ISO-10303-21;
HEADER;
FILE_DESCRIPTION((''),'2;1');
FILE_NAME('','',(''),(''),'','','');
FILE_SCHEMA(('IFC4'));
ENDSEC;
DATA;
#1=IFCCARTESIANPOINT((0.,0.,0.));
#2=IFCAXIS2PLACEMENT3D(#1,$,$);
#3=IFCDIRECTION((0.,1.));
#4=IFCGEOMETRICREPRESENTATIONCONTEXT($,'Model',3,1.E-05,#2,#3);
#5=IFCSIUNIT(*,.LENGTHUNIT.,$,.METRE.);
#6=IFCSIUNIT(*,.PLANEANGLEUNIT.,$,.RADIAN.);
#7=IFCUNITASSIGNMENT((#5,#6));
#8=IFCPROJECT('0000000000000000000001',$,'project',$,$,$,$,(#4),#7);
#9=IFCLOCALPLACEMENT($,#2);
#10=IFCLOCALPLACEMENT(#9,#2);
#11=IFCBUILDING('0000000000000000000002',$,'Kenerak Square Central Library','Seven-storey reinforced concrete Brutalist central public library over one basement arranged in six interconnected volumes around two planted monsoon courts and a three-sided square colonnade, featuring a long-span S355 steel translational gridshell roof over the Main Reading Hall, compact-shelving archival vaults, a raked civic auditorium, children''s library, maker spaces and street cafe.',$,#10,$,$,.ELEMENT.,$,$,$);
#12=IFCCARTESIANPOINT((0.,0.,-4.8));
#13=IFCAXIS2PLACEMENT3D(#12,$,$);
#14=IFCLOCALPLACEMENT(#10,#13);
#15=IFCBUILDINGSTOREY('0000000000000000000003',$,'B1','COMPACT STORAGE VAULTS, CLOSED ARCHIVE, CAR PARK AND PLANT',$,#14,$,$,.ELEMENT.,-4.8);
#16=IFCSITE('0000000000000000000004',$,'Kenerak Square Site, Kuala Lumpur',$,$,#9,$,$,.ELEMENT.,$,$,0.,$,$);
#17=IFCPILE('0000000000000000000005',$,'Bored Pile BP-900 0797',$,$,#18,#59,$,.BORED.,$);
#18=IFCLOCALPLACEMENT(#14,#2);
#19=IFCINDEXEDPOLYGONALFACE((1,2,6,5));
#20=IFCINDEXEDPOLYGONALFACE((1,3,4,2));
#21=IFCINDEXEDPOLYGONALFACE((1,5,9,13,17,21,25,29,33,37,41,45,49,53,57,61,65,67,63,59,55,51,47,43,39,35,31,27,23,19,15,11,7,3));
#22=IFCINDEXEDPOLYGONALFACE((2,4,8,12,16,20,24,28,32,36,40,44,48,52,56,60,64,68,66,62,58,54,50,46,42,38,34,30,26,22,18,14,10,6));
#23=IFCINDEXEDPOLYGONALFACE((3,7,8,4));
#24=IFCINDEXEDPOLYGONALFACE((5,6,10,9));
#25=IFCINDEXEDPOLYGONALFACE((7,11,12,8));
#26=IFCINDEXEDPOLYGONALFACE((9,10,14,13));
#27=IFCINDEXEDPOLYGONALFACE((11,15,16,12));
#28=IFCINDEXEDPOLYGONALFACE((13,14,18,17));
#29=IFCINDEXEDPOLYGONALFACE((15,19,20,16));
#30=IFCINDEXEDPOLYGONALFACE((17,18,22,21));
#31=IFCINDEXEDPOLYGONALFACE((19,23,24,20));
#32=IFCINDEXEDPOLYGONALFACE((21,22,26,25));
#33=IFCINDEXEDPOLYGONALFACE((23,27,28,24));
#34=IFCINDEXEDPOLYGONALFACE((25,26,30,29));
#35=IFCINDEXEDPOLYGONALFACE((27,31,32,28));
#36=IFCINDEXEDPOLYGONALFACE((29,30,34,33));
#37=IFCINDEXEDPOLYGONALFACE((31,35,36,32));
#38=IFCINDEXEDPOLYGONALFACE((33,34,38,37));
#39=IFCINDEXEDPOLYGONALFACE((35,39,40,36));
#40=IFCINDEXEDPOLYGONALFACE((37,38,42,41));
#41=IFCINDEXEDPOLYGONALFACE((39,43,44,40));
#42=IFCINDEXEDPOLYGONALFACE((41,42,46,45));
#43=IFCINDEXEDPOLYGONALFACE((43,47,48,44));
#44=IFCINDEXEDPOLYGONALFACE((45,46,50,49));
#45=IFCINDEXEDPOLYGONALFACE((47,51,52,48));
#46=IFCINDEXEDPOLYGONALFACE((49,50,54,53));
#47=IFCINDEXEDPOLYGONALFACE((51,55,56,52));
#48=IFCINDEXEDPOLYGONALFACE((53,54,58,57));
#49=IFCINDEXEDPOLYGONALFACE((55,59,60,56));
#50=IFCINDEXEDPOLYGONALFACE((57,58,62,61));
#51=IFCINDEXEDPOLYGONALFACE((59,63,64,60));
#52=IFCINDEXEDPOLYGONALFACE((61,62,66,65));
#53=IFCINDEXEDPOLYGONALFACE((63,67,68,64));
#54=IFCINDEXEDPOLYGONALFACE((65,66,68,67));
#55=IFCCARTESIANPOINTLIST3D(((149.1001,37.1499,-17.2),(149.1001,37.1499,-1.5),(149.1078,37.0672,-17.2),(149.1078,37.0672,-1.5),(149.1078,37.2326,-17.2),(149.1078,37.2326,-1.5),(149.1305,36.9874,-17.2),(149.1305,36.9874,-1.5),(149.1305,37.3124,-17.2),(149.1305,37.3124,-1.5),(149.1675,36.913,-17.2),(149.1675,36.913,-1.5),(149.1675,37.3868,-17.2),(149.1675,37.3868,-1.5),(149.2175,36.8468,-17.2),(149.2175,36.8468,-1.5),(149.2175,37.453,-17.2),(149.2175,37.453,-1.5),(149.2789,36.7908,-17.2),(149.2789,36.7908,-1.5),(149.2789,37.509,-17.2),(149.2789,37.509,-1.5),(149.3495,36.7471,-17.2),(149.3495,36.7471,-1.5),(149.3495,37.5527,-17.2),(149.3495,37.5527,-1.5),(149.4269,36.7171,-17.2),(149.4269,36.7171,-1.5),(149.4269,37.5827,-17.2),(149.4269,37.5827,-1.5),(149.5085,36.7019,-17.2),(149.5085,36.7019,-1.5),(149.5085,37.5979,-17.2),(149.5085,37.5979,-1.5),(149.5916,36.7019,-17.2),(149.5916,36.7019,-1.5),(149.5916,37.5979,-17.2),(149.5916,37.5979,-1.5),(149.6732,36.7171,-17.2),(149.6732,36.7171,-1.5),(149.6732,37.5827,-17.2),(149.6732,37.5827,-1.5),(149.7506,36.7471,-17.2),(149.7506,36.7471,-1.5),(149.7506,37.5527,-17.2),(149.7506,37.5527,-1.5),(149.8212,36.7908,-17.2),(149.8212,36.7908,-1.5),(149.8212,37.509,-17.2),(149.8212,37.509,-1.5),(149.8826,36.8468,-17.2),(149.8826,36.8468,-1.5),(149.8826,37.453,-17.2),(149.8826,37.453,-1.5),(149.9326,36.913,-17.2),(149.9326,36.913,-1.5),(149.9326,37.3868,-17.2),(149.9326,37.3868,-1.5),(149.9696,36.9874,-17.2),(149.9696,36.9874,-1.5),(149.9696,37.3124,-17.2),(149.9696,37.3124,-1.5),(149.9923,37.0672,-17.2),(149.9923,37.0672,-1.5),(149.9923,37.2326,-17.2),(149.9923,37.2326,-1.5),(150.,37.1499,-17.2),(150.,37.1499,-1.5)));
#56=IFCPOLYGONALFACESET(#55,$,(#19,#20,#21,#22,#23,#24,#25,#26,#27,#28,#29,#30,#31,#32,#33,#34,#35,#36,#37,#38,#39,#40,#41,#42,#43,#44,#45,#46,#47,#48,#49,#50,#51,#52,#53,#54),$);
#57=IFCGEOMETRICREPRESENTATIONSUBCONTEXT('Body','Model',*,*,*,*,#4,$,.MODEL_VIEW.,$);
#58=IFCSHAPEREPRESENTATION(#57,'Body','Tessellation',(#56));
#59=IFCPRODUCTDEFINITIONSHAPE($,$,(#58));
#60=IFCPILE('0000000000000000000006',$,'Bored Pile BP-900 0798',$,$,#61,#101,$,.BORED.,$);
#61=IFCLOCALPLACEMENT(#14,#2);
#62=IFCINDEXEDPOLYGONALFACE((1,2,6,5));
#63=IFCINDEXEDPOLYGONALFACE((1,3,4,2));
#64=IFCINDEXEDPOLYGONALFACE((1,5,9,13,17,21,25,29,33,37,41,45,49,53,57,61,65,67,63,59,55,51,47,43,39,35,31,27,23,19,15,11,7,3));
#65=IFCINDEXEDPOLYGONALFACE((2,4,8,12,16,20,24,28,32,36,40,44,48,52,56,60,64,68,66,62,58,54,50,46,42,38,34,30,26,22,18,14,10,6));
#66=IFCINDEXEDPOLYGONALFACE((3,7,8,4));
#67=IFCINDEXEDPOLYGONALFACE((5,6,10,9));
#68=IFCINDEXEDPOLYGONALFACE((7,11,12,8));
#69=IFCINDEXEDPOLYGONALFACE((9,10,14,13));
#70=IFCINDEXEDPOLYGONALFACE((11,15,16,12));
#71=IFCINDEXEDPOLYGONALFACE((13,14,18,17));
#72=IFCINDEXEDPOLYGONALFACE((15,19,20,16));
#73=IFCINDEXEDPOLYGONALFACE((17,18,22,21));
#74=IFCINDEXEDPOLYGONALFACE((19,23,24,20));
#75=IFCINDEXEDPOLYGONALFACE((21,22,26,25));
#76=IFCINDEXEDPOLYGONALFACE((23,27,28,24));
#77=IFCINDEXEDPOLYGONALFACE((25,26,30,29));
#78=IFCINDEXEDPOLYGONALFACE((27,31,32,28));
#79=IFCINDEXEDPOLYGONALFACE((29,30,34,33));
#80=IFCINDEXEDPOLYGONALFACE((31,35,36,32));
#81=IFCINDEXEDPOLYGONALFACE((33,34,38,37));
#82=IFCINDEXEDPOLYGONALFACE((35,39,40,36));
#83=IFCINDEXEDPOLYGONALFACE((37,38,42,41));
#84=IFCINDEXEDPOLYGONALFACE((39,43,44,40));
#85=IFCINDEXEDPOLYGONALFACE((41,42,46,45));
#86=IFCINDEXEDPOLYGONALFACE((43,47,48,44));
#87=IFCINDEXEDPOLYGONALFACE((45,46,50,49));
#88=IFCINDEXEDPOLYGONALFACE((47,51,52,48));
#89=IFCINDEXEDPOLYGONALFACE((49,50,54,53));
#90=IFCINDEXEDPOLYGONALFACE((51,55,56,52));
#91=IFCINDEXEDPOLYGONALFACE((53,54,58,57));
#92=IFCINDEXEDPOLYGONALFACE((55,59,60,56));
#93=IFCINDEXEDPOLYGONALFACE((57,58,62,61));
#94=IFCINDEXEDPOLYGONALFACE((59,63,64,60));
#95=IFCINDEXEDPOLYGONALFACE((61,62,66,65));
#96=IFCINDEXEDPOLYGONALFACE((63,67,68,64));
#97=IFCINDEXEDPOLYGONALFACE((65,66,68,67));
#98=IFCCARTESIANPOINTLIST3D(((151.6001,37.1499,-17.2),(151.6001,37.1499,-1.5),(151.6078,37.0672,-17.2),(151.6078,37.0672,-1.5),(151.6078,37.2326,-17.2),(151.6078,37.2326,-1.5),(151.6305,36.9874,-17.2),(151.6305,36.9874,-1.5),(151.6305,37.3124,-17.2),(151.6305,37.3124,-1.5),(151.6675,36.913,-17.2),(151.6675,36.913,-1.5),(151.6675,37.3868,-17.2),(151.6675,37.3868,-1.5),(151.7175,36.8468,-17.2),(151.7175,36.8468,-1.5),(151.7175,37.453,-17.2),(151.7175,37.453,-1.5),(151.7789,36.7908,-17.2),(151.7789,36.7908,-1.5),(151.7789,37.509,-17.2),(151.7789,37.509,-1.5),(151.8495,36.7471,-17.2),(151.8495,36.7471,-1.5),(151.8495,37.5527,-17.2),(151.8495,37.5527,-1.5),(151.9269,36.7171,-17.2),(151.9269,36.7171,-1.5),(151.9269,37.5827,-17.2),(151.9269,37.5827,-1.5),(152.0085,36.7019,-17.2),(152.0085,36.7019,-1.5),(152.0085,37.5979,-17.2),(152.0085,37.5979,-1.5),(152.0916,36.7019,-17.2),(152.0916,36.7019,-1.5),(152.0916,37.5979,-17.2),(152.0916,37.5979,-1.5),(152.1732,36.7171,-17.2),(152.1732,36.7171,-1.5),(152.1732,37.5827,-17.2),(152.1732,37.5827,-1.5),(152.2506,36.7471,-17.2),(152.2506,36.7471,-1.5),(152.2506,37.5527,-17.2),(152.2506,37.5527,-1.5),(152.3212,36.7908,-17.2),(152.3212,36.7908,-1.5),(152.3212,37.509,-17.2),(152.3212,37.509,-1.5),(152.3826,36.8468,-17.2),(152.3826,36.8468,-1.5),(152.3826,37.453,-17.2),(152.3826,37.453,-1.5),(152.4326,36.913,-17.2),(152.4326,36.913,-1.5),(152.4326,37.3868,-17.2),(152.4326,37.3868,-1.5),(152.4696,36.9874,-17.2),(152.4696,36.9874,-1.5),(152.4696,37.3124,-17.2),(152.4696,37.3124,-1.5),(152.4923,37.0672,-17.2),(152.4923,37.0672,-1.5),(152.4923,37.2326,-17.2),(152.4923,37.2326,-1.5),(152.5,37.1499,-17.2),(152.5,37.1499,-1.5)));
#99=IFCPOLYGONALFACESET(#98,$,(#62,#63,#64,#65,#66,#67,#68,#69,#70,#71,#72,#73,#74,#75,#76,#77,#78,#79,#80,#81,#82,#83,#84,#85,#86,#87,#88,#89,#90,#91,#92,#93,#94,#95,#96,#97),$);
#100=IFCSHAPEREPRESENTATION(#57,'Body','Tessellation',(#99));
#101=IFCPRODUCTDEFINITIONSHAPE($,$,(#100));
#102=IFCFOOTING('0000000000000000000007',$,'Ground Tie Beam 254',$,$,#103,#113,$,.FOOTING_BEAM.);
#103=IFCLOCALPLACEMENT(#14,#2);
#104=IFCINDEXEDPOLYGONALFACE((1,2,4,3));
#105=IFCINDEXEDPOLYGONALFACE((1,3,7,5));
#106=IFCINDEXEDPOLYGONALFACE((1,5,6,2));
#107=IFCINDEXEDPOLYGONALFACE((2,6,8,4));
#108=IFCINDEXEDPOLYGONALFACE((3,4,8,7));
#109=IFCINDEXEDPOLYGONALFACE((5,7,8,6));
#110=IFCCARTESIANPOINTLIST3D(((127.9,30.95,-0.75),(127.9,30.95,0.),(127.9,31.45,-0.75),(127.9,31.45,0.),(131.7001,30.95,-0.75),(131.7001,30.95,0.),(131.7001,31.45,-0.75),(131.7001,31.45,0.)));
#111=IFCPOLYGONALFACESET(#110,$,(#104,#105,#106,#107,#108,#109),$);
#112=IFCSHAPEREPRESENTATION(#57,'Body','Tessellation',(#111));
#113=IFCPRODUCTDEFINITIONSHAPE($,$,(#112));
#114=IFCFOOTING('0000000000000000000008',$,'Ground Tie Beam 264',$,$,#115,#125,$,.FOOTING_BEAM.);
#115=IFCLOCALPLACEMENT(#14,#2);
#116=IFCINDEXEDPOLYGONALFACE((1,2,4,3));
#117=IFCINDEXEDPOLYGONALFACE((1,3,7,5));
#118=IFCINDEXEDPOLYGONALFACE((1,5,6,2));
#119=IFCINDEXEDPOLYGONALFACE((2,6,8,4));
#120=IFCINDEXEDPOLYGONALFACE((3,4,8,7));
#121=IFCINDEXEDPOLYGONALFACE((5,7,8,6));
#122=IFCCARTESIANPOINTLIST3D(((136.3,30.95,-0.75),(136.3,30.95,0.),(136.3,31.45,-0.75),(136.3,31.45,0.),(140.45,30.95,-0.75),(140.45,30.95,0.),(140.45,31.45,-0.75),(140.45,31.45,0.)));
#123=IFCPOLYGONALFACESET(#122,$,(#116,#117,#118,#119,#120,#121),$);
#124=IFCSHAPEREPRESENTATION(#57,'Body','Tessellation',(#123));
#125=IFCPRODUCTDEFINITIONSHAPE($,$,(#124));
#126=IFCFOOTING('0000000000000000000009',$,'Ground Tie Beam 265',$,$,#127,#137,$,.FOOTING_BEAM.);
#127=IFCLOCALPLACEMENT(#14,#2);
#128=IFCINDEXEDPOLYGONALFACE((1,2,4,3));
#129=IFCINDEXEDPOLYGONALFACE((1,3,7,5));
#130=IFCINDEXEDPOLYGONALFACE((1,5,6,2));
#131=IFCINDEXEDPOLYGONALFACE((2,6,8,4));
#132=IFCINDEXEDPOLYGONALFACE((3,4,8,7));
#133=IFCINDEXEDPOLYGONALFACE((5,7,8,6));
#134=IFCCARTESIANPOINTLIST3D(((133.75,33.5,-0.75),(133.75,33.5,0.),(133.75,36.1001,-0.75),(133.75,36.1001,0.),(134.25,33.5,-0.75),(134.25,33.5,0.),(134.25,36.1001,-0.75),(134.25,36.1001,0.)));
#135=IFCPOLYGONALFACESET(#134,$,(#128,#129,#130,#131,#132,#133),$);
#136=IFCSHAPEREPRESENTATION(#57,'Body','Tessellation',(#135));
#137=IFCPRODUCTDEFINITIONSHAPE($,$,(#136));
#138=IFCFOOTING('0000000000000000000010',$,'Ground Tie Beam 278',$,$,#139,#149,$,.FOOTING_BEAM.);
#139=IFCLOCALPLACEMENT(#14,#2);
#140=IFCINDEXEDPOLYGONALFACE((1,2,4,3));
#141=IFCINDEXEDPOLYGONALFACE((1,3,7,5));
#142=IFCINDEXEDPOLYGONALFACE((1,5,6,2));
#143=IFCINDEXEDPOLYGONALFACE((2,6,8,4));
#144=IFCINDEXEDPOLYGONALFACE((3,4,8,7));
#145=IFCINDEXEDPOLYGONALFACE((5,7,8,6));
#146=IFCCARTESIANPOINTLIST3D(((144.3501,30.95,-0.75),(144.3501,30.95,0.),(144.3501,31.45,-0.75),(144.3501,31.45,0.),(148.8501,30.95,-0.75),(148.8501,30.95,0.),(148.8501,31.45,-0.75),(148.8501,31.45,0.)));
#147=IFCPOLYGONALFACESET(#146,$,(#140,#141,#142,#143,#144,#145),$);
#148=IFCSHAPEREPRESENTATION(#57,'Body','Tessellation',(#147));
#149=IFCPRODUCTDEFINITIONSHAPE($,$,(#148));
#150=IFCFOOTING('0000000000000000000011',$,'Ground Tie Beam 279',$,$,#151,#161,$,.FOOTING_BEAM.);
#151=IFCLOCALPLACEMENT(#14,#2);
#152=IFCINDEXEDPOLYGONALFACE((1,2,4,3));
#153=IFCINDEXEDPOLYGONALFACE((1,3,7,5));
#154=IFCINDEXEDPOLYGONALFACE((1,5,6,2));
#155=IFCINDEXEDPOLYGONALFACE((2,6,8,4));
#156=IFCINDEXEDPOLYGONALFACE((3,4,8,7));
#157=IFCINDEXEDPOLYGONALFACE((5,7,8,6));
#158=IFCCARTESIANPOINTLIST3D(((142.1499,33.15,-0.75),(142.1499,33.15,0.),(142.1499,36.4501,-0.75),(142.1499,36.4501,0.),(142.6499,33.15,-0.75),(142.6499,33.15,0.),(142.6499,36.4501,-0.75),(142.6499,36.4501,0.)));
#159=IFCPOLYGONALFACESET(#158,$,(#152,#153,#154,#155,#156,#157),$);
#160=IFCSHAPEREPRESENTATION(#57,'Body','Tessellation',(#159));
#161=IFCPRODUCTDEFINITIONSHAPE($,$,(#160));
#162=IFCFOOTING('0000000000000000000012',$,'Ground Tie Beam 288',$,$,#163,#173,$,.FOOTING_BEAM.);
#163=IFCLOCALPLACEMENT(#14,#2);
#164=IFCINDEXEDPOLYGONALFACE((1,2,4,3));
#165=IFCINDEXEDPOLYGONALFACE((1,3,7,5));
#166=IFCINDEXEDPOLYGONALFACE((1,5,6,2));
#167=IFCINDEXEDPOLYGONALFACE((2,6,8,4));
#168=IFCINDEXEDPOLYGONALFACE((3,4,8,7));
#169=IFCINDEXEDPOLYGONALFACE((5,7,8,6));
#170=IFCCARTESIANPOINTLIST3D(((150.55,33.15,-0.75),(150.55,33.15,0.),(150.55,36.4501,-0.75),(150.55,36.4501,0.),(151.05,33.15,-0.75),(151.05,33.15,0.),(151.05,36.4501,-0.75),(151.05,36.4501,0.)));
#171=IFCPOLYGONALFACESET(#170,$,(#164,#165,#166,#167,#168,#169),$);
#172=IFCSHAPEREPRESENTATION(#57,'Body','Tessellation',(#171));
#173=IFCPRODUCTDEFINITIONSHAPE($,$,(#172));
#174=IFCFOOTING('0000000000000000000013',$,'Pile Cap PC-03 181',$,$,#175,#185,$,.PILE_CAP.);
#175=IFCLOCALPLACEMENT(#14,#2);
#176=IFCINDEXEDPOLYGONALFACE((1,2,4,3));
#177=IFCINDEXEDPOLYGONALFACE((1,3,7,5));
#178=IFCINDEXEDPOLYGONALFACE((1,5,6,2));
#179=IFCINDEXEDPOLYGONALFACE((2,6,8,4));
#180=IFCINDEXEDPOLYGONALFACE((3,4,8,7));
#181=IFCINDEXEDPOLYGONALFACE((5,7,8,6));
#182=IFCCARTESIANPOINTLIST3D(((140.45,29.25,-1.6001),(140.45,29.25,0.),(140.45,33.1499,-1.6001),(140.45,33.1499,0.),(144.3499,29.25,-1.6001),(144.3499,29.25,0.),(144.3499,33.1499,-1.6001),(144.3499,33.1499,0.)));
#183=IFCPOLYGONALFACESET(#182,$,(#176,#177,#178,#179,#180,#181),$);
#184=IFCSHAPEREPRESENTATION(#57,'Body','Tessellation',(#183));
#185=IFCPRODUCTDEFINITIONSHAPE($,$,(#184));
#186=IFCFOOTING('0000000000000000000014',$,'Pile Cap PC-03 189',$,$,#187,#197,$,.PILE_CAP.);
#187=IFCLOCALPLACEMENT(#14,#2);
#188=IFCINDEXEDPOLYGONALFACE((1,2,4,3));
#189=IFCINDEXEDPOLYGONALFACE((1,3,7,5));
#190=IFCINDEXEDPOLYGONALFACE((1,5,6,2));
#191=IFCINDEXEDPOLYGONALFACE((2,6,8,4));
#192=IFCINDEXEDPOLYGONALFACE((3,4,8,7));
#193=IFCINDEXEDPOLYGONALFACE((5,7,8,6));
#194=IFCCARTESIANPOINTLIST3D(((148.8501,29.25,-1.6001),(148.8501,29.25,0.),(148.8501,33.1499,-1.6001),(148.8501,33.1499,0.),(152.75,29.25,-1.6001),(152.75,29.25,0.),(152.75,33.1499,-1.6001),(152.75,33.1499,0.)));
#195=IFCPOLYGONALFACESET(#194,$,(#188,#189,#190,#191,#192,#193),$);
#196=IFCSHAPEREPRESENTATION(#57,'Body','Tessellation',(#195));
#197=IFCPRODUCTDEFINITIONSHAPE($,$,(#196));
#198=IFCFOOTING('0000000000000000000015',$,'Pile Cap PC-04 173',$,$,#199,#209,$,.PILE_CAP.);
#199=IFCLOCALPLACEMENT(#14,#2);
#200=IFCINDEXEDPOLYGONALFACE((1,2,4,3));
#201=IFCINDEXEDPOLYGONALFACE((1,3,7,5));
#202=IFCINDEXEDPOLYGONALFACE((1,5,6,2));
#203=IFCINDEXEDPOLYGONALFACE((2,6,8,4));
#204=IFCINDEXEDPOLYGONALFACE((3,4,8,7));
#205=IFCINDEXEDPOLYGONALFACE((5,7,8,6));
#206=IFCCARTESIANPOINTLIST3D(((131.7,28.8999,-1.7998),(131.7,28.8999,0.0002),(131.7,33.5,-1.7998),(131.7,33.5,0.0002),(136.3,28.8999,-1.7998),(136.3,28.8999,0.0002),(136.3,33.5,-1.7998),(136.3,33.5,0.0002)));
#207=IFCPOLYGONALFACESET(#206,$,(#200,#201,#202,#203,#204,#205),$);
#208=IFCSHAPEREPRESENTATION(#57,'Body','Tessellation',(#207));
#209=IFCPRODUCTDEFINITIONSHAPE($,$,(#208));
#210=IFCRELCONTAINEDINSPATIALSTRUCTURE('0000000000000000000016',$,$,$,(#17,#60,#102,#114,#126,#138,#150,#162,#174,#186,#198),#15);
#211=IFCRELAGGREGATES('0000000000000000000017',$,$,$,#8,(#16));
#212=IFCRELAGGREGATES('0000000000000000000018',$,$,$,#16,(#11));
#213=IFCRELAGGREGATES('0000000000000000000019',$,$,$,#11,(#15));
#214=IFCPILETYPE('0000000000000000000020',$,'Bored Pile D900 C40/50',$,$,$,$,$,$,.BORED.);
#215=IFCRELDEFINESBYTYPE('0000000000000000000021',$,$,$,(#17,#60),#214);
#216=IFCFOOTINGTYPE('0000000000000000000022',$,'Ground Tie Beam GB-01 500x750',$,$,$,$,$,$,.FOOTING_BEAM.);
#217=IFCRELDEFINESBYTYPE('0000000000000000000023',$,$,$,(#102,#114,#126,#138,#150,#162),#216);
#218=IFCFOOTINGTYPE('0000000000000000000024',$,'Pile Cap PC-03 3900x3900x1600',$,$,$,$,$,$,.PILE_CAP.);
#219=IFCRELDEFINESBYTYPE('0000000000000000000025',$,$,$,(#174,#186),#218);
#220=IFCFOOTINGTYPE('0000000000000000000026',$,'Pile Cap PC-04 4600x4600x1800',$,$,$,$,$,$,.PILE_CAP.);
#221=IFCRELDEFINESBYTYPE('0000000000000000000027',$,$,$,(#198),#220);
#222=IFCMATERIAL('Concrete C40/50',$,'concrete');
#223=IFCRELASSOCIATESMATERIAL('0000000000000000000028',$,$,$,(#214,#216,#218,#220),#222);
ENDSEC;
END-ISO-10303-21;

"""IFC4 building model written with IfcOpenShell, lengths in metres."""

from ifc_helpers import new_model, si_unit, direction, frame, origin, origin_2d, place, context, subcontext, project, spatial, rectangle, circle, extrude, material, material_profile, profile_set, type_object, element, save


model = new_model("IFC4")

# Units and contexts
model_context = context("Model", 3, precision=1e-05, world=origin(), true_north=direction((0.0, 1.0)))
body_context = subcontext(model_context, "Body", "Model", "MODEL_VIEW")
ifc_project = project(units=[si_unit("LENGTHUNIT", "METRE"), si_unit("PLANEANGLEUNIT", "RADIAN")], contexts=[model_context])

# Site, building, storey
site_placement = place(None, origin())
site = spatial("IfcSite", under=ifc_project, at=site_placement, Name="Kenerak Square Site, Kuala Lumpur", CompositionType="ELEMENT", RefElevation=0.0)
building_placement = place(site_placement, origin())
building = spatial("IfcBuilding", under=site, at=building_placement, Name="Kenerak Square Central Library", Description="Seven-storey reinforced concrete Brutalist central public library over one basement arranged in six interconnected volumes around two planted monsoon courts and a three-sided square colonnade, featuring a long-span S355 steel translational gridshell roof over the Main Reading Hall, compact-shelving archival vaults, a raked civic auditorium, children's library, maker spaces and street cafe.", CompositionType="ELEMENT")
storey_placement = place(building_placement, frame((0.0, 0.0, -4.8)))
storey = spatial("IfcBuildingStorey", under=building, at=storey_placement, Name="B1", Description="COMPACT STORAGE VAULTS, CLOSED ARCHIVE, CAR PARK AND PLANT", CompositionType="ELEMENT", Elevation=-4.8)

# Piles
ifc_material_1 = material(Name="Concrete C40/50", Category="concrete")
ifc_material_profile_1 = material_profile(ifc_material_1, circle(Radius=0.45, at=origin_2d()), Name="BP D900")
ifc_profile_set_1 = profile_set([ifc_material_profile_1], Name="Concrete C40/50")
pile_type_1 = type_object("IfcPileType", Name="Bored Pile D900 C40/50", PredefinedType="BORED", material=ifc_profile_set_1)
for number, where, z_axis, x_axis, name in (
    (1, (149.55, 37.1499, -1.5), (0.0, 0.0, -1.0), (1.0, 0.0, 0.0), "Bored Pile BP-900 0797"),
    (2, (152.05, 37.1499, -1.5), (0.0, 0.0, -1.0), (1.0, 0.0, 0.0), "Bored Pile BP-900 0798"),
):
    element("IfcPile", number, at=place(storey_placement, frame(where, z_axis=z_axis, x_axis=x_axis)), inside=storey, type_object=pile_type_1, Name=name, PredefinedType="BORED", context=body_context, shape_type="SweptSolid", body=[
        extrude(circle(Radius=0.45, at=origin_2d()), origin(), (0.0, 0.0, 1.0), 15.7),
    ])

# Footings
footing_type_1 = type_object("IfcFootingType", Name="Ground Tie Beam GB-01 500x750", PredefinedType="FOOTING_BEAM", material=ifc_material_1)
footing_1_placement = place(storey_placement, frame((129.8, 31.2, -0.75), z_axis=(0.0, 0.0, 1.0), x_axis=(1.0, 0.0, 0.0)))
element("IfcFooting", 3, at=footing_1_placement, inside=storey, type_object=footing_type_1, Name="Ground Tie Beam 254", PredefinedType="FOOTING_BEAM", context=body_context, shape_type="SweptSolid", body=[
    extrude(rectangle(XDim=3.8, YDim=0.5, at=origin_2d()), origin(), (0.0, 0.0, 1.0), 0.75),
])
footing_2_placement = place(storey_placement, frame((138.375, 31.2, -0.75), z_axis=(0.0, 0.0, 1.0), x_axis=(1.0, 0.0, 0.0)))
element("IfcFooting", 4, at=footing_2_placement, inside=storey, type_object=footing_type_1, Name="Ground Tie Beam 264", PredefinedType="FOOTING_BEAM", context=body_context, shape_type="SweptSolid", body=[
    extrude(rectangle(XDim=4.1499, YDim=0.5, at=origin_2d()), origin(), (0.0, 0.0, 1.0), 0.75),
])
footing_3_placement = place(storey_placement, frame((134.0, 34.8, -0.75), z_axis=(0.0, 0.0, 1.0), x_axis=(1.0, 0.0, 0.0)))
element("IfcFooting", 5, at=footing_3_placement, inside=storey, type_object=footing_type_1, Name="Ground Tie Beam 265", PredefinedType="FOOTING_BEAM", context=body_context, shape_type="SweptSolid", body=[
    extrude(rectangle(XDim=0.5, YDim=2.6001, at=origin_2d()), origin(), (0.0, 0.0, 1.0), 0.75),
])
footing_4_placement = place(storey_placement, frame((146.6001, 31.2, -0.75), z_axis=(0.0, 0.0, 1.0), x_axis=(1.0, 0.0, 0.0)))
element("IfcFooting", 6, at=footing_4_placement, inside=storey, type_object=footing_type_1, Name="Ground Tie Beam 278", PredefinedType="FOOTING_BEAM", context=body_context, shape_type="SweptSolid", body=[
    extrude(rectangle(XDim=4.5, YDim=0.5, at=origin_2d()), origin(), (0.0, 0.0, 1.0), 0.75),
])
for number, where, z_axis, x_axis, name in (
    (7, (142.3999, 34.8, -0.75), (0.0, 0.0, 1.0), (1.0, 0.0, 0.0), "Ground Tie Beam 279"),
    (8, (150.8, 34.8, -0.75), (0.0, 0.0, 1.0), (1.0, 0.0, 0.0), "Ground Tie Beam 288"),
):
    element("IfcFooting", number, at=place(storey_placement, frame(where, z_axis=z_axis, x_axis=x_axis)), inside=storey, type_object=footing_type_1, Name=name, PredefinedType="FOOTING_BEAM", context=body_context, shape_type="SweptSolid", body=[
        extrude(rectangle(XDim=0.5, YDim=3.3, at=origin_2d()), origin(), (0.0, 0.0, 1.0), 0.75),
    ])
footing_type_2 = type_object("IfcFootingType", Name="Pile Cap PC-03 3900x3900x1600", PredefinedType="PILE_CAP", material=ifc_material_1)
for number, where, z_axis, x_axis, name in (
    (9, (142.3999, 31.2, -1.6001), (0.0, 0.0, 1.0), (1.0, 0.0, 0.0), "Pile Cap PC-03 181"),
    (10, (150.8, 31.2, -1.6001), (0.0, 0.0, 1.0), (1.0, 0.0, 0.0), "Pile Cap PC-03 189"),
):
    element("IfcFooting", number, at=place(storey_placement, frame(where, z_axis=z_axis, x_axis=x_axis)), inside=storey, type_object=footing_type_2, Name=name, PredefinedType="PILE_CAP", context=body_context, shape_type="SweptSolid", body=[
        extrude(rectangle(XDim=3.8999, YDim=3.8999, at=origin_2d()), origin(), (0.0, 0.0, 1.0), 1.6001),
    ])
footing_type_3 = type_object("IfcFootingType", Name="Pile Cap PC-04 4600x4600x1800", PredefinedType="PILE_CAP", material=ifc_material_1)
footing_5_placement = place(storey_placement, frame((134.0, 31.2, -1.7998), z_axis=(0.0, 0.0, 1.0), x_axis=(1.0, 0.0, 0.0)))
element("IfcFooting", 11, at=footing_5_placement, inside=storey, type_object=footing_type_3, Name="Pile Cap PC-04 173", PredefinedType="PILE_CAP", context=body_context, shape_type="SweptSolid", body=[
    extrude(rectangle(XDim=4.6001, YDim=4.6001, at=origin_2d()), origin(), (0.0, 0.0, 1.0), 1.8),
])

save(model, "model.ifc")
